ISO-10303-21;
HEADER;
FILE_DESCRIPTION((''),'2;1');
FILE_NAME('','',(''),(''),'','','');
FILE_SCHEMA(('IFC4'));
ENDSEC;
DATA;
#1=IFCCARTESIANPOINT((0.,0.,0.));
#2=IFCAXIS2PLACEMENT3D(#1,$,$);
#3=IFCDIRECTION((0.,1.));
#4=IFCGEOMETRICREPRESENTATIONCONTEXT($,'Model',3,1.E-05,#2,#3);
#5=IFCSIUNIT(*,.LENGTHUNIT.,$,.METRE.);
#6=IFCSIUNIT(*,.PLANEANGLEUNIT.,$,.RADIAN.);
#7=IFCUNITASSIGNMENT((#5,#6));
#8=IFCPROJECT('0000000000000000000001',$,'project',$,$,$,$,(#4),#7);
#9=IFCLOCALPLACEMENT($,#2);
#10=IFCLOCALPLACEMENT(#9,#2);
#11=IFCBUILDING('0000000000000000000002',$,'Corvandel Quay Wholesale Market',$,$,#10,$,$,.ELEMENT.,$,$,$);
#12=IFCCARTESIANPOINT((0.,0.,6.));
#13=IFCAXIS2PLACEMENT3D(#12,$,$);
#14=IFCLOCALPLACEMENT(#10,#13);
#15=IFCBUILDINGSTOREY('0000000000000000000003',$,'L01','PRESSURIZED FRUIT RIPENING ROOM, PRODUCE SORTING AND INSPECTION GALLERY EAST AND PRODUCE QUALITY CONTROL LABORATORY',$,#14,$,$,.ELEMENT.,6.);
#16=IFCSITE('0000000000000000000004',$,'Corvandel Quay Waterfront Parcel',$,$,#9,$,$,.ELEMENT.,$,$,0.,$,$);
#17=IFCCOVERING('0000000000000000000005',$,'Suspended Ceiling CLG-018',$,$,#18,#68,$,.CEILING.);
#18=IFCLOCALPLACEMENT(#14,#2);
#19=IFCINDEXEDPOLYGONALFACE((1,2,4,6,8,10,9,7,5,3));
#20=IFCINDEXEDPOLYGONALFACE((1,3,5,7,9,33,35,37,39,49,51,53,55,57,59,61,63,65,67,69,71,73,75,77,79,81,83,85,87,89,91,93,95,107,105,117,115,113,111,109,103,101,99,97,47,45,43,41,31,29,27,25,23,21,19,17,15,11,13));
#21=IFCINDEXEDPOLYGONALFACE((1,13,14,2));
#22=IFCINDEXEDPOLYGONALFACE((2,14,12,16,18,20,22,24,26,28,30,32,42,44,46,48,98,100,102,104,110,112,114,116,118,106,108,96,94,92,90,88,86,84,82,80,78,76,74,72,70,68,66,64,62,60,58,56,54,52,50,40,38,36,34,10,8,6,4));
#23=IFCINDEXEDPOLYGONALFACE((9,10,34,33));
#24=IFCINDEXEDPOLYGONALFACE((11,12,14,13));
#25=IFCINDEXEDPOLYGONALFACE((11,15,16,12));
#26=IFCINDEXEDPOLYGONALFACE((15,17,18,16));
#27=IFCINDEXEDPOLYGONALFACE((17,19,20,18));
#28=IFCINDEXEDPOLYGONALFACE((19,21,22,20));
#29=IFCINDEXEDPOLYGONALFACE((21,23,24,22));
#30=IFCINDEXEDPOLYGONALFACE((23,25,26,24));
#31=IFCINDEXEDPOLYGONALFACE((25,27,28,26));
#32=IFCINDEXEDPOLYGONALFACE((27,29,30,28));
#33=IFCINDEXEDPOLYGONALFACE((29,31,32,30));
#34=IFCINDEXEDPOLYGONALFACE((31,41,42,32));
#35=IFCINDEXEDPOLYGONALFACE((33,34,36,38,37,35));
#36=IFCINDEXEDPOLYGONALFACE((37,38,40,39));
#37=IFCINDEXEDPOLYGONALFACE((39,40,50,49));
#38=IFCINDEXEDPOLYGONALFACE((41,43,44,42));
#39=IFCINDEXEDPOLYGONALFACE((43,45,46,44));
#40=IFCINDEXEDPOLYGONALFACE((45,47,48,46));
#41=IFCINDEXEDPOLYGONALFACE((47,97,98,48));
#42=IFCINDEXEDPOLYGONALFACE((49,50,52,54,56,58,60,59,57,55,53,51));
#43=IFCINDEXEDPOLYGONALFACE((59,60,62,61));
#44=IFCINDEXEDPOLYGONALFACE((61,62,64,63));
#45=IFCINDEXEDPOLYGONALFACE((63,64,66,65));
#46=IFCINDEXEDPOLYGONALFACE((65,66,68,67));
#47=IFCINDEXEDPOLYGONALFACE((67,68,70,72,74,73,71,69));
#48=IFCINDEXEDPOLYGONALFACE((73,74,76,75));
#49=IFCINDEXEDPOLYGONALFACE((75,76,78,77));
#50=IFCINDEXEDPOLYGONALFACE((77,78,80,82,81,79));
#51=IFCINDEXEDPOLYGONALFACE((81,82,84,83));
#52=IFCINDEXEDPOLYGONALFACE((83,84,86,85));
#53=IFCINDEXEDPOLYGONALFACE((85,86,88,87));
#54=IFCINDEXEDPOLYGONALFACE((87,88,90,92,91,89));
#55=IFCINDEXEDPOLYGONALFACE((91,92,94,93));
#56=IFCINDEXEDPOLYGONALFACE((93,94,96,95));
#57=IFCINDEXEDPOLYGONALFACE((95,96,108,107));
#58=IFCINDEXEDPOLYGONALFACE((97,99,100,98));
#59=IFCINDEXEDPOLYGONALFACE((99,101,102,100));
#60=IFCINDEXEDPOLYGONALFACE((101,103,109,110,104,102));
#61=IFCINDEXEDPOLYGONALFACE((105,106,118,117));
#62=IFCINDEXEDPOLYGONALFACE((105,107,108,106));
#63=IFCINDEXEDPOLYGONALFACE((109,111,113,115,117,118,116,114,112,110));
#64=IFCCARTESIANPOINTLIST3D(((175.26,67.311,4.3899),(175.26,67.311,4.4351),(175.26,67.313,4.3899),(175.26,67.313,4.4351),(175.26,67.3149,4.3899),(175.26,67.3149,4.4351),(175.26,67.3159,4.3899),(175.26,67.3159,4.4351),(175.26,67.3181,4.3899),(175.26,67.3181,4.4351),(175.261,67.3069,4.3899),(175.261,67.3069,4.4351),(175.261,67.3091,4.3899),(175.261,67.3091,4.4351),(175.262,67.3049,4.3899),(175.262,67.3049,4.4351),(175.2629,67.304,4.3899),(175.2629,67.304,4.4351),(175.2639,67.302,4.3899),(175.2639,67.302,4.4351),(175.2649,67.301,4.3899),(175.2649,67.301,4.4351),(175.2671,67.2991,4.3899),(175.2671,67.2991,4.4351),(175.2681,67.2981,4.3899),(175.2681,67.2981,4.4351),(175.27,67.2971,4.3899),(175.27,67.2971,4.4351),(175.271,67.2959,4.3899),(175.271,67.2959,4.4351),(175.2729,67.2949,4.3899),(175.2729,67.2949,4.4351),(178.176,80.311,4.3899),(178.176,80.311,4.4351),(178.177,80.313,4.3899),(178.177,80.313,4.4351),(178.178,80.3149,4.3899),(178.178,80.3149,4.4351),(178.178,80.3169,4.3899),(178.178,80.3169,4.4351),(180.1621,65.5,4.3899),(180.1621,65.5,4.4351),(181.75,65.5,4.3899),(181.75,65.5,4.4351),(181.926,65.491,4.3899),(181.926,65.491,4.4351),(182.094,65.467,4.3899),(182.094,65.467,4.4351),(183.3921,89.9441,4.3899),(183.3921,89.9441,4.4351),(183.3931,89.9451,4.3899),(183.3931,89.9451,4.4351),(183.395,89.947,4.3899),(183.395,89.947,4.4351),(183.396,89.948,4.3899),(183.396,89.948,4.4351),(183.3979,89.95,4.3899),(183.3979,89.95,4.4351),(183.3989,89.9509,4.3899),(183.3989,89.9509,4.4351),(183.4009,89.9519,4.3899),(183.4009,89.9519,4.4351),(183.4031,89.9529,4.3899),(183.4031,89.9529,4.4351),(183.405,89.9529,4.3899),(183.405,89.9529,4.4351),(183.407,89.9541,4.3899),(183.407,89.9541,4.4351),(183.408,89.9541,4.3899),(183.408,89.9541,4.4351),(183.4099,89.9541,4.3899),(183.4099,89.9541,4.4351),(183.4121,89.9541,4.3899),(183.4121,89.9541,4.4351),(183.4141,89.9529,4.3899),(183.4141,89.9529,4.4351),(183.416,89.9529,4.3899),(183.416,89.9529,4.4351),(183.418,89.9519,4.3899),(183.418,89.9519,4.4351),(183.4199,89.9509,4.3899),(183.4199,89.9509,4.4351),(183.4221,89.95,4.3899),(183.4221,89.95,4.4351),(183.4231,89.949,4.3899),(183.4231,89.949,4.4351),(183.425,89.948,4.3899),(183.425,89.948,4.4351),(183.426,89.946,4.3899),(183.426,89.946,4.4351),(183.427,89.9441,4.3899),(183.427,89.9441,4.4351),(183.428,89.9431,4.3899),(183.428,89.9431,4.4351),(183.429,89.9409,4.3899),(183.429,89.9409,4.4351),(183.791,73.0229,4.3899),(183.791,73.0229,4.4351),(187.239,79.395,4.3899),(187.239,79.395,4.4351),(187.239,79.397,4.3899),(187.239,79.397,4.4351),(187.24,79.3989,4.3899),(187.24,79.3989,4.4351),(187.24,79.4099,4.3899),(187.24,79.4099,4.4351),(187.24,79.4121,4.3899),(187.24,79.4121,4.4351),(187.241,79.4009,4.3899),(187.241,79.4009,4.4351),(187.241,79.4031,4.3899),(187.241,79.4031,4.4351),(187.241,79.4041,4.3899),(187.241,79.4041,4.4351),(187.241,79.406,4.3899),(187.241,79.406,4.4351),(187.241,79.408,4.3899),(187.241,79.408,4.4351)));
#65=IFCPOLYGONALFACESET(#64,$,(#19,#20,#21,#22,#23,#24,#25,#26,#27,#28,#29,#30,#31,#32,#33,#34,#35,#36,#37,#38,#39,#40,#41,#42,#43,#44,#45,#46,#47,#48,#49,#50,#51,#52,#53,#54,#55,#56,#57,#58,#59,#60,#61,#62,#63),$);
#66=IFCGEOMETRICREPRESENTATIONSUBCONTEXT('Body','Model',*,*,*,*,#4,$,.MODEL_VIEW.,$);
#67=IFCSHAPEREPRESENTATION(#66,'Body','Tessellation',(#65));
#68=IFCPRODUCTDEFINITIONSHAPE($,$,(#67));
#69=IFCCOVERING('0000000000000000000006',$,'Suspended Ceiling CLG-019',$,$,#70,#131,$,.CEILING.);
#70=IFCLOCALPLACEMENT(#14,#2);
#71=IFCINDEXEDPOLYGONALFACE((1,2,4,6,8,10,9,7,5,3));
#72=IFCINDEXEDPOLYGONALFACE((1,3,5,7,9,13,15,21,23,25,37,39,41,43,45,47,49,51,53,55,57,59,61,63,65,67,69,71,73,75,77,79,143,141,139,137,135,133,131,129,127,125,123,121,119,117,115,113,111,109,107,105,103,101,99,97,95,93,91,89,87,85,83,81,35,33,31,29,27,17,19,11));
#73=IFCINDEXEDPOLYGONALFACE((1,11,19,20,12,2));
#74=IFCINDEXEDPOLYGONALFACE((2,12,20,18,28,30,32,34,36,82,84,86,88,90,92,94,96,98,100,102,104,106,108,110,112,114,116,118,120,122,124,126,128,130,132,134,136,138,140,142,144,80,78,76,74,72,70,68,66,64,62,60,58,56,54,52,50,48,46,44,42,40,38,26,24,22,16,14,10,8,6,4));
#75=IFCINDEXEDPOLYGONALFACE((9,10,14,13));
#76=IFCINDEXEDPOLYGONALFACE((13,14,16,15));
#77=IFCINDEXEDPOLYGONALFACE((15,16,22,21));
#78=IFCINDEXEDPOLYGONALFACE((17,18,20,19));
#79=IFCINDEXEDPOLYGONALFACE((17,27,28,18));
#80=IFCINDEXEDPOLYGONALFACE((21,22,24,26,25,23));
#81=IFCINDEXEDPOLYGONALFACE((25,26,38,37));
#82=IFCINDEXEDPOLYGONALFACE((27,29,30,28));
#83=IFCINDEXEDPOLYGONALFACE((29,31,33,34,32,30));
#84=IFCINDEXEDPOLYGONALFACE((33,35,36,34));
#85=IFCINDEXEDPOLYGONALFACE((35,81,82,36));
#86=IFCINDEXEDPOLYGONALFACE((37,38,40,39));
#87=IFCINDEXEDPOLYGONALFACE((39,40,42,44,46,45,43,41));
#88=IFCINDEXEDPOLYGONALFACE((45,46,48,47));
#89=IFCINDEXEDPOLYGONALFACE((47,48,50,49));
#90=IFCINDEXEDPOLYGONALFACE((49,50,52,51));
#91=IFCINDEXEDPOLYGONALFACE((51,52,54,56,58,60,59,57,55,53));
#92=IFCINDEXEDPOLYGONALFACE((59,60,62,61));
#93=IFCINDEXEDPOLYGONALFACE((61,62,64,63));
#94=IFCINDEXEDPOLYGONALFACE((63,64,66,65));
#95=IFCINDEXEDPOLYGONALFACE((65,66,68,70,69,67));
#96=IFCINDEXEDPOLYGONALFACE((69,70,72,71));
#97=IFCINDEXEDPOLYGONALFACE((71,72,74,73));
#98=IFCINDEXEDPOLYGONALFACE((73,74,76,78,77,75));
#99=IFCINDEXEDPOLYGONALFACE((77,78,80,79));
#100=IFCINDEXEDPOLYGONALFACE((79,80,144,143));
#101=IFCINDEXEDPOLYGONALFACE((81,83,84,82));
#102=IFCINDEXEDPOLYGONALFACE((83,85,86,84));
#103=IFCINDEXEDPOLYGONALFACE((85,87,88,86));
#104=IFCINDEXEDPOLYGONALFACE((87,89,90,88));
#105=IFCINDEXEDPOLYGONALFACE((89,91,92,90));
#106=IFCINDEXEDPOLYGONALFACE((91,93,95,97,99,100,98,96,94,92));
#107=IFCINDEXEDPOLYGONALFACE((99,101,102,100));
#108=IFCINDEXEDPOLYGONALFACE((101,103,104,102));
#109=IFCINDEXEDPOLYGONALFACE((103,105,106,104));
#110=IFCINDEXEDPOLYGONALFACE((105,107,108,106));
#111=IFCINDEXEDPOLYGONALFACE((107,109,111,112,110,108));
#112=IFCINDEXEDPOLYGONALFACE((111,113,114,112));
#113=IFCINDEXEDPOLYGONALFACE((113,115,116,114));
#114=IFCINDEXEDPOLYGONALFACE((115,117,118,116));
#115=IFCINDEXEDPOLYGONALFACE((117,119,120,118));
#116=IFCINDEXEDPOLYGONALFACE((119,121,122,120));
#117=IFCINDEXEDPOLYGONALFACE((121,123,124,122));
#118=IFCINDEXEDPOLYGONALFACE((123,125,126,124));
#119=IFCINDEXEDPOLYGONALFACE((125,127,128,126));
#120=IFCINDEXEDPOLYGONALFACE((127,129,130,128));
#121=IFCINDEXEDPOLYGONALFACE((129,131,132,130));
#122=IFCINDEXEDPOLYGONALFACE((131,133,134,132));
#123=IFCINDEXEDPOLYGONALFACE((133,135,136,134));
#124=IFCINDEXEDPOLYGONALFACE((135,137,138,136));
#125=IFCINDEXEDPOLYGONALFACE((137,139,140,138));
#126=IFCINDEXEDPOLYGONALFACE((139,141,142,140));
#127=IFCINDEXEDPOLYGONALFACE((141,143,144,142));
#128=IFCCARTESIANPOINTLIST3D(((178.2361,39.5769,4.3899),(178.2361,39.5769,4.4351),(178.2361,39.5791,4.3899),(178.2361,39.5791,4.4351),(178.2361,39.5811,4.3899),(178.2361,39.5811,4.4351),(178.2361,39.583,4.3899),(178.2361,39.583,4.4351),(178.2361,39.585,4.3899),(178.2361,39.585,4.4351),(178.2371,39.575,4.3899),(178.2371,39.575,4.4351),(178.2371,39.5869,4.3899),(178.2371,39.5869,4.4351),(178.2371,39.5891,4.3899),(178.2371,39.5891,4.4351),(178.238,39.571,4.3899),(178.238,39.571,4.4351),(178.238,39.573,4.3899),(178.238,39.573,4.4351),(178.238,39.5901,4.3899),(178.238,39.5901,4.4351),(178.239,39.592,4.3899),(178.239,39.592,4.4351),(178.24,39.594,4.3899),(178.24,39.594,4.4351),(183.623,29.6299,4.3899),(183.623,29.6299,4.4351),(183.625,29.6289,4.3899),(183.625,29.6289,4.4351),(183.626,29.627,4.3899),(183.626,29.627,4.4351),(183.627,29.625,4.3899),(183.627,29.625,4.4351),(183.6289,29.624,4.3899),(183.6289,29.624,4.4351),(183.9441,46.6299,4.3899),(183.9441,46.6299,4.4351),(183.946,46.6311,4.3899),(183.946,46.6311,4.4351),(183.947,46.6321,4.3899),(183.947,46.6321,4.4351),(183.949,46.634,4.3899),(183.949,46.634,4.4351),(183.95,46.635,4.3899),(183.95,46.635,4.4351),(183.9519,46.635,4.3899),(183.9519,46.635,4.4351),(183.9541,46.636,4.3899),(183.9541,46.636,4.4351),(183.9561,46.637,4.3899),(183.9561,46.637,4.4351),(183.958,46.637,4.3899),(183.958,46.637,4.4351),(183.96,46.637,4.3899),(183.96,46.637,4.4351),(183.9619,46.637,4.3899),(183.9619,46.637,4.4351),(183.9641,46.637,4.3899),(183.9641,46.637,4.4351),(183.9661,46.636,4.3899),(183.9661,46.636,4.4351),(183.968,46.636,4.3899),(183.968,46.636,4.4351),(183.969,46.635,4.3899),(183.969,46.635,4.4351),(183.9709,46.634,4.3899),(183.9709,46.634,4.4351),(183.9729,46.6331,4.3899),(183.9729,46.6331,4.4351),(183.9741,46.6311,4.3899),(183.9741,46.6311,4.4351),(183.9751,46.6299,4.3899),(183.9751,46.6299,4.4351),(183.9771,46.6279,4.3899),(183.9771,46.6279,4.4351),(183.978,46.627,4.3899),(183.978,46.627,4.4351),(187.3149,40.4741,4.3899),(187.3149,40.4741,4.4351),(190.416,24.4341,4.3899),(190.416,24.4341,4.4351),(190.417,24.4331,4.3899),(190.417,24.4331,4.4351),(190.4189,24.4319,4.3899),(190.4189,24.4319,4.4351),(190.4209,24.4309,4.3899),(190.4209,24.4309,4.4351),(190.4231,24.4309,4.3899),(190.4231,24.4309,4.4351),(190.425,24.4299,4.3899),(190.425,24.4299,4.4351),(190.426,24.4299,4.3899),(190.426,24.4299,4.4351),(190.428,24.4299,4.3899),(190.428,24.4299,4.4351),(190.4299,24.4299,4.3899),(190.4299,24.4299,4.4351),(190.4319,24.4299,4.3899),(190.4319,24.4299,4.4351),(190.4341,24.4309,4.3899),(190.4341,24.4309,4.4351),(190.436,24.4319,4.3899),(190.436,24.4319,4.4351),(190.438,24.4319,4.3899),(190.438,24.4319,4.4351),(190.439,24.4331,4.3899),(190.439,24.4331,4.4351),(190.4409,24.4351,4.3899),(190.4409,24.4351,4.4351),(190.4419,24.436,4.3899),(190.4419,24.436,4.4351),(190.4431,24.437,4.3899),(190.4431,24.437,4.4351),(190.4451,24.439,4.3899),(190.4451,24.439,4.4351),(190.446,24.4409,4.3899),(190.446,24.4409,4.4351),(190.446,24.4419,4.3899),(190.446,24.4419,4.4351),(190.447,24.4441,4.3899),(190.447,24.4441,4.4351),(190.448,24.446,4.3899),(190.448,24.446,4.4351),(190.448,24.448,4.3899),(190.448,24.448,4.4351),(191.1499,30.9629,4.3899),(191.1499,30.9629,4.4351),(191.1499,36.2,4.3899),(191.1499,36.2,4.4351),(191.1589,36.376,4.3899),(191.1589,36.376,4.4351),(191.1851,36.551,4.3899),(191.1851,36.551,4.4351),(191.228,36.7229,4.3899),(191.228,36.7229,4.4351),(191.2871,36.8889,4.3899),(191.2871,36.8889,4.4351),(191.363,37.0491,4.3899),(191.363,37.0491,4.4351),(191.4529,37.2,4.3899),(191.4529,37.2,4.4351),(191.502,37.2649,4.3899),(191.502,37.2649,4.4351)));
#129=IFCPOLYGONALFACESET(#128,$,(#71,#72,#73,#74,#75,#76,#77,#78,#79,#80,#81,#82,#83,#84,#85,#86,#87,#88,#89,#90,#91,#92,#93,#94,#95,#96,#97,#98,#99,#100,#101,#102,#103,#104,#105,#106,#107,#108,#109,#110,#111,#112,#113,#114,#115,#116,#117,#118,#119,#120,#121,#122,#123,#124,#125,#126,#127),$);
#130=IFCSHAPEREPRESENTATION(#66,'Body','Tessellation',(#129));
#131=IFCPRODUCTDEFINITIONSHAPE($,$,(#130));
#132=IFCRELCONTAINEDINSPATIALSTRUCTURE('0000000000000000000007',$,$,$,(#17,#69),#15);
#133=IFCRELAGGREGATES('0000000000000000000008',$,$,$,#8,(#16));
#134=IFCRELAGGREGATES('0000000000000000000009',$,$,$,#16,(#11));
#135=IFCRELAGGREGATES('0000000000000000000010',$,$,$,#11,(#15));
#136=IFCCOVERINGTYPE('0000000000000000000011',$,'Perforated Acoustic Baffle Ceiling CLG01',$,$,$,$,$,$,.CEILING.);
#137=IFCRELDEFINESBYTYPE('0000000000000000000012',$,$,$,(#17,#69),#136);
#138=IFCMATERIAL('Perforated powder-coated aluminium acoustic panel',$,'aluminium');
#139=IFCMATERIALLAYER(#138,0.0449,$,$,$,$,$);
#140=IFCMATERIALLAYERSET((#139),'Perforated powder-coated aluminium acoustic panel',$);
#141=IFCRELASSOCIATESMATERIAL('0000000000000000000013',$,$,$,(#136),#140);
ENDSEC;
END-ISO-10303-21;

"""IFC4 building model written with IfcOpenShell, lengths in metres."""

from ifc_helpers import new_model, si_unit, direction, frame, origin, place, context, subcontext, project, spatial, polyline, outline, extrude, material, layer, layer_set, type_object, element, save


model = new_model("IFC4")

# Units and contexts
model_context = context("Model", 3, precision=1e-05, world=origin(), true_north=direction((0.0, 1.0)))
body_context = subcontext(model_context, "Body", "Model", "MODEL_VIEW")
ifc_project = project(units=[si_unit("LENGTHUNIT", "METRE"), si_unit("PLANEANGLEUNIT", "RADIAN")], contexts=[model_context])

# Site, building, storey
site_placement = place(None, origin())
site = spatial("IfcSite", under=ifc_project, at=site_placement, Name="Corvandel Quay Waterfront Parcel", CompositionType="ELEMENT", RefElevation=0.0)
building_placement = place(site_placement, origin())
building = spatial("IfcBuilding", under=site, at=building_placement, Name="Corvandel Quay Wholesale Market", CompositionType="ELEMENT")
storey_placement = place(building_placement, frame((0.0, 0.0, 6.0)))
storey = spatial("IfcBuildingStorey", under=building, at=storey_placement, Name="L01", Description="PRESSURIZED FRUIT RIPENING ROOM, PRODUCE SORTING AND INSPECTION GALLERY EAST AND PRODUCE QUALITY CONTROL LABORATORY", CompositionType="ELEMENT", Elevation=6.0)

# Coverings
ifc_material_1 = material(Name="Perforated powder-coated aluminium acoustic panel", Category="aluminium")
ifc_layer_1 = layer(ifc_material_1, 0.0449)
ifc_layer_set_1 = layer_set([ifc_layer_1], Name="Perforated powder-coated aluminium acoustic panel")
covering_type_1 = type_object("IfcCoveringType", Name="Perforated Acoustic Baffle Ceiling CLG01", PredefinedType="CEILING", material=ifc_layer_set_1)
covering_1_placement = place(storey_placement, frame((0.0, 0.0, 4.3899)))
element("IfcCovering", 1, at=covering_1_placement, inside=storey, type_object=covering_type_1, Name="Suspended Ceiling CLG-018", PredefinedType="CEILING", context=body_context, shape_type="SweptSolid", body=[
    extrude(outline(polyline([(175.271, 67.2959), (175.27, 67.2971), (175.2681, 67.2981), (175.2671, 67.2991), (175.2649, 67.301), (175.2639, 67.302), (175.2629, 67.304), (175.262, 67.3049), (175.261, 67.3069), (175.261, 67.3091), (175.26, 67.311), (175.26, 67.313), (175.26, 67.3149), (175.26, 67.3159), (175.26, 67.3181), (178.176, 80.311), (178.177, 80.313), (178.178, 80.3149), (178.178, 80.3169), (183.3921, 89.9441), (183.3931, 89.9451), (183.395, 89.947), (183.396, 89.948), (183.3979, 89.95), (183.3989, 89.9509), (183.4009, 89.9519), (183.4031, 89.9529), (183.405, 89.9529), (183.407, 89.9541), (183.408, 89.9541), (183.4099, 89.9541), (183.4121, 89.9541), (183.4141, 89.9529), (183.416, 89.9529), (183.418, 89.9519), (183.4199, 89.9509), (183.4221, 89.95), (183.4231, 89.949), (183.425, 89.948), (183.426, 89.946), (183.427, 89.9441), (183.428, 89.9431), (183.429, 89.9409), (187.24, 79.4121), (187.24, 79.4099), (187.241, 79.408), (187.241, 79.406), (187.241, 79.4041), (187.241, 79.4031), (187.241, 79.4009), (187.24, 79.3989), (187.239, 79.397), (187.239, 79.395), (183.791, 73.0229), (182.094, 65.467), (181.926, 65.491), (181.75, 65.5), (180.1621, 65.5), (175.2729, 67.2949), (175.271, 67.2959)])), origin(), (0.0, 0.0, 1.0), 0.0452),
])
covering_2_placement = place(storey_placement, frame((0.0, 0.0, 4.3899)))
element("IfcCovering", 2, at=covering_2_placement, inside=storey, type_object=covering_type_1, Name="Suspended Ceiling CLG-019", PredefinedType="CEILING", context=body_context, shape_type="SweptSolid", body=[
    extrude(outline(polyline([(190.448, 24.446), (190.447, 24.4441), (190.446, 24.4419), (190.446, 24.4409), (190.4451, 24.439), (190.4431, 24.437), (190.4419, 24.436), (190.4409, 24.4351), (190.439, 24.4331), (190.438, 24.4319), (190.436, 24.4319), (190.4341, 24.4309), (190.4319, 24.4299), (190.4299, 24.4299), (190.428, 24.4299), (190.426, 24.4299), (190.425, 24.4299), (190.4231, 24.4309), (190.4209, 24.4309), (190.4189, 24.4319), (190.417, 24.4331), (190.416, 24.4341), (183.6289, 29.624), (183.627, 29.625), (183.626, 29.627), (183.625, 29.6289), (183.623, 29.6299), (178.238, 39.571), (178.238, 39.573), (178.2371, 39.575), (178.2361, 39.5769), (178.2361, 39.5791), (178.2361, 39.5811), (178.2361, 39.583), (178.2361, 39.585), (178.2371, 39.5869), (178.2371, 39.5891), (178.238, 39.5901), (178.239, 39.592), (178.24, 39.594), (183.9441, 46.6299), (183.946, 46.6311), (183.947, 46.6321), (183.949, 46.634), (183.95, 46.635), (183.9519, 46.635), (183.9541, 46.636), (183.9561, 46.637), (183.958, 46.637), (183.96, 46.637), (183.9619, 46.637), (183.9641, 46.637), (183.9661, 46.636), (183.968, 46.636), (183.969, 46.635), (183.9709, 46.634), (183.9729, 46.6331), (183.9741, 46.6311), (183.9751, 46.6299), (183.9771, 46.6279), (183.978, 46.627), (187.3149, 40.4741), (191.502, 37.2649), (191.4529, 37.2), (191.363, 37.0491), (191.2871, 36.8889), (191.228, 36.7229), (191.1851, 36.551), (191.1589, 36.376), (191.1499, 36.2), (191.1499, 30.9629), (190.448, 24.448), (190.448, 24.446)])), origin(), (0.0, 0.0, 1.0), 0.0452),
])

save(model, "model.ifc")
